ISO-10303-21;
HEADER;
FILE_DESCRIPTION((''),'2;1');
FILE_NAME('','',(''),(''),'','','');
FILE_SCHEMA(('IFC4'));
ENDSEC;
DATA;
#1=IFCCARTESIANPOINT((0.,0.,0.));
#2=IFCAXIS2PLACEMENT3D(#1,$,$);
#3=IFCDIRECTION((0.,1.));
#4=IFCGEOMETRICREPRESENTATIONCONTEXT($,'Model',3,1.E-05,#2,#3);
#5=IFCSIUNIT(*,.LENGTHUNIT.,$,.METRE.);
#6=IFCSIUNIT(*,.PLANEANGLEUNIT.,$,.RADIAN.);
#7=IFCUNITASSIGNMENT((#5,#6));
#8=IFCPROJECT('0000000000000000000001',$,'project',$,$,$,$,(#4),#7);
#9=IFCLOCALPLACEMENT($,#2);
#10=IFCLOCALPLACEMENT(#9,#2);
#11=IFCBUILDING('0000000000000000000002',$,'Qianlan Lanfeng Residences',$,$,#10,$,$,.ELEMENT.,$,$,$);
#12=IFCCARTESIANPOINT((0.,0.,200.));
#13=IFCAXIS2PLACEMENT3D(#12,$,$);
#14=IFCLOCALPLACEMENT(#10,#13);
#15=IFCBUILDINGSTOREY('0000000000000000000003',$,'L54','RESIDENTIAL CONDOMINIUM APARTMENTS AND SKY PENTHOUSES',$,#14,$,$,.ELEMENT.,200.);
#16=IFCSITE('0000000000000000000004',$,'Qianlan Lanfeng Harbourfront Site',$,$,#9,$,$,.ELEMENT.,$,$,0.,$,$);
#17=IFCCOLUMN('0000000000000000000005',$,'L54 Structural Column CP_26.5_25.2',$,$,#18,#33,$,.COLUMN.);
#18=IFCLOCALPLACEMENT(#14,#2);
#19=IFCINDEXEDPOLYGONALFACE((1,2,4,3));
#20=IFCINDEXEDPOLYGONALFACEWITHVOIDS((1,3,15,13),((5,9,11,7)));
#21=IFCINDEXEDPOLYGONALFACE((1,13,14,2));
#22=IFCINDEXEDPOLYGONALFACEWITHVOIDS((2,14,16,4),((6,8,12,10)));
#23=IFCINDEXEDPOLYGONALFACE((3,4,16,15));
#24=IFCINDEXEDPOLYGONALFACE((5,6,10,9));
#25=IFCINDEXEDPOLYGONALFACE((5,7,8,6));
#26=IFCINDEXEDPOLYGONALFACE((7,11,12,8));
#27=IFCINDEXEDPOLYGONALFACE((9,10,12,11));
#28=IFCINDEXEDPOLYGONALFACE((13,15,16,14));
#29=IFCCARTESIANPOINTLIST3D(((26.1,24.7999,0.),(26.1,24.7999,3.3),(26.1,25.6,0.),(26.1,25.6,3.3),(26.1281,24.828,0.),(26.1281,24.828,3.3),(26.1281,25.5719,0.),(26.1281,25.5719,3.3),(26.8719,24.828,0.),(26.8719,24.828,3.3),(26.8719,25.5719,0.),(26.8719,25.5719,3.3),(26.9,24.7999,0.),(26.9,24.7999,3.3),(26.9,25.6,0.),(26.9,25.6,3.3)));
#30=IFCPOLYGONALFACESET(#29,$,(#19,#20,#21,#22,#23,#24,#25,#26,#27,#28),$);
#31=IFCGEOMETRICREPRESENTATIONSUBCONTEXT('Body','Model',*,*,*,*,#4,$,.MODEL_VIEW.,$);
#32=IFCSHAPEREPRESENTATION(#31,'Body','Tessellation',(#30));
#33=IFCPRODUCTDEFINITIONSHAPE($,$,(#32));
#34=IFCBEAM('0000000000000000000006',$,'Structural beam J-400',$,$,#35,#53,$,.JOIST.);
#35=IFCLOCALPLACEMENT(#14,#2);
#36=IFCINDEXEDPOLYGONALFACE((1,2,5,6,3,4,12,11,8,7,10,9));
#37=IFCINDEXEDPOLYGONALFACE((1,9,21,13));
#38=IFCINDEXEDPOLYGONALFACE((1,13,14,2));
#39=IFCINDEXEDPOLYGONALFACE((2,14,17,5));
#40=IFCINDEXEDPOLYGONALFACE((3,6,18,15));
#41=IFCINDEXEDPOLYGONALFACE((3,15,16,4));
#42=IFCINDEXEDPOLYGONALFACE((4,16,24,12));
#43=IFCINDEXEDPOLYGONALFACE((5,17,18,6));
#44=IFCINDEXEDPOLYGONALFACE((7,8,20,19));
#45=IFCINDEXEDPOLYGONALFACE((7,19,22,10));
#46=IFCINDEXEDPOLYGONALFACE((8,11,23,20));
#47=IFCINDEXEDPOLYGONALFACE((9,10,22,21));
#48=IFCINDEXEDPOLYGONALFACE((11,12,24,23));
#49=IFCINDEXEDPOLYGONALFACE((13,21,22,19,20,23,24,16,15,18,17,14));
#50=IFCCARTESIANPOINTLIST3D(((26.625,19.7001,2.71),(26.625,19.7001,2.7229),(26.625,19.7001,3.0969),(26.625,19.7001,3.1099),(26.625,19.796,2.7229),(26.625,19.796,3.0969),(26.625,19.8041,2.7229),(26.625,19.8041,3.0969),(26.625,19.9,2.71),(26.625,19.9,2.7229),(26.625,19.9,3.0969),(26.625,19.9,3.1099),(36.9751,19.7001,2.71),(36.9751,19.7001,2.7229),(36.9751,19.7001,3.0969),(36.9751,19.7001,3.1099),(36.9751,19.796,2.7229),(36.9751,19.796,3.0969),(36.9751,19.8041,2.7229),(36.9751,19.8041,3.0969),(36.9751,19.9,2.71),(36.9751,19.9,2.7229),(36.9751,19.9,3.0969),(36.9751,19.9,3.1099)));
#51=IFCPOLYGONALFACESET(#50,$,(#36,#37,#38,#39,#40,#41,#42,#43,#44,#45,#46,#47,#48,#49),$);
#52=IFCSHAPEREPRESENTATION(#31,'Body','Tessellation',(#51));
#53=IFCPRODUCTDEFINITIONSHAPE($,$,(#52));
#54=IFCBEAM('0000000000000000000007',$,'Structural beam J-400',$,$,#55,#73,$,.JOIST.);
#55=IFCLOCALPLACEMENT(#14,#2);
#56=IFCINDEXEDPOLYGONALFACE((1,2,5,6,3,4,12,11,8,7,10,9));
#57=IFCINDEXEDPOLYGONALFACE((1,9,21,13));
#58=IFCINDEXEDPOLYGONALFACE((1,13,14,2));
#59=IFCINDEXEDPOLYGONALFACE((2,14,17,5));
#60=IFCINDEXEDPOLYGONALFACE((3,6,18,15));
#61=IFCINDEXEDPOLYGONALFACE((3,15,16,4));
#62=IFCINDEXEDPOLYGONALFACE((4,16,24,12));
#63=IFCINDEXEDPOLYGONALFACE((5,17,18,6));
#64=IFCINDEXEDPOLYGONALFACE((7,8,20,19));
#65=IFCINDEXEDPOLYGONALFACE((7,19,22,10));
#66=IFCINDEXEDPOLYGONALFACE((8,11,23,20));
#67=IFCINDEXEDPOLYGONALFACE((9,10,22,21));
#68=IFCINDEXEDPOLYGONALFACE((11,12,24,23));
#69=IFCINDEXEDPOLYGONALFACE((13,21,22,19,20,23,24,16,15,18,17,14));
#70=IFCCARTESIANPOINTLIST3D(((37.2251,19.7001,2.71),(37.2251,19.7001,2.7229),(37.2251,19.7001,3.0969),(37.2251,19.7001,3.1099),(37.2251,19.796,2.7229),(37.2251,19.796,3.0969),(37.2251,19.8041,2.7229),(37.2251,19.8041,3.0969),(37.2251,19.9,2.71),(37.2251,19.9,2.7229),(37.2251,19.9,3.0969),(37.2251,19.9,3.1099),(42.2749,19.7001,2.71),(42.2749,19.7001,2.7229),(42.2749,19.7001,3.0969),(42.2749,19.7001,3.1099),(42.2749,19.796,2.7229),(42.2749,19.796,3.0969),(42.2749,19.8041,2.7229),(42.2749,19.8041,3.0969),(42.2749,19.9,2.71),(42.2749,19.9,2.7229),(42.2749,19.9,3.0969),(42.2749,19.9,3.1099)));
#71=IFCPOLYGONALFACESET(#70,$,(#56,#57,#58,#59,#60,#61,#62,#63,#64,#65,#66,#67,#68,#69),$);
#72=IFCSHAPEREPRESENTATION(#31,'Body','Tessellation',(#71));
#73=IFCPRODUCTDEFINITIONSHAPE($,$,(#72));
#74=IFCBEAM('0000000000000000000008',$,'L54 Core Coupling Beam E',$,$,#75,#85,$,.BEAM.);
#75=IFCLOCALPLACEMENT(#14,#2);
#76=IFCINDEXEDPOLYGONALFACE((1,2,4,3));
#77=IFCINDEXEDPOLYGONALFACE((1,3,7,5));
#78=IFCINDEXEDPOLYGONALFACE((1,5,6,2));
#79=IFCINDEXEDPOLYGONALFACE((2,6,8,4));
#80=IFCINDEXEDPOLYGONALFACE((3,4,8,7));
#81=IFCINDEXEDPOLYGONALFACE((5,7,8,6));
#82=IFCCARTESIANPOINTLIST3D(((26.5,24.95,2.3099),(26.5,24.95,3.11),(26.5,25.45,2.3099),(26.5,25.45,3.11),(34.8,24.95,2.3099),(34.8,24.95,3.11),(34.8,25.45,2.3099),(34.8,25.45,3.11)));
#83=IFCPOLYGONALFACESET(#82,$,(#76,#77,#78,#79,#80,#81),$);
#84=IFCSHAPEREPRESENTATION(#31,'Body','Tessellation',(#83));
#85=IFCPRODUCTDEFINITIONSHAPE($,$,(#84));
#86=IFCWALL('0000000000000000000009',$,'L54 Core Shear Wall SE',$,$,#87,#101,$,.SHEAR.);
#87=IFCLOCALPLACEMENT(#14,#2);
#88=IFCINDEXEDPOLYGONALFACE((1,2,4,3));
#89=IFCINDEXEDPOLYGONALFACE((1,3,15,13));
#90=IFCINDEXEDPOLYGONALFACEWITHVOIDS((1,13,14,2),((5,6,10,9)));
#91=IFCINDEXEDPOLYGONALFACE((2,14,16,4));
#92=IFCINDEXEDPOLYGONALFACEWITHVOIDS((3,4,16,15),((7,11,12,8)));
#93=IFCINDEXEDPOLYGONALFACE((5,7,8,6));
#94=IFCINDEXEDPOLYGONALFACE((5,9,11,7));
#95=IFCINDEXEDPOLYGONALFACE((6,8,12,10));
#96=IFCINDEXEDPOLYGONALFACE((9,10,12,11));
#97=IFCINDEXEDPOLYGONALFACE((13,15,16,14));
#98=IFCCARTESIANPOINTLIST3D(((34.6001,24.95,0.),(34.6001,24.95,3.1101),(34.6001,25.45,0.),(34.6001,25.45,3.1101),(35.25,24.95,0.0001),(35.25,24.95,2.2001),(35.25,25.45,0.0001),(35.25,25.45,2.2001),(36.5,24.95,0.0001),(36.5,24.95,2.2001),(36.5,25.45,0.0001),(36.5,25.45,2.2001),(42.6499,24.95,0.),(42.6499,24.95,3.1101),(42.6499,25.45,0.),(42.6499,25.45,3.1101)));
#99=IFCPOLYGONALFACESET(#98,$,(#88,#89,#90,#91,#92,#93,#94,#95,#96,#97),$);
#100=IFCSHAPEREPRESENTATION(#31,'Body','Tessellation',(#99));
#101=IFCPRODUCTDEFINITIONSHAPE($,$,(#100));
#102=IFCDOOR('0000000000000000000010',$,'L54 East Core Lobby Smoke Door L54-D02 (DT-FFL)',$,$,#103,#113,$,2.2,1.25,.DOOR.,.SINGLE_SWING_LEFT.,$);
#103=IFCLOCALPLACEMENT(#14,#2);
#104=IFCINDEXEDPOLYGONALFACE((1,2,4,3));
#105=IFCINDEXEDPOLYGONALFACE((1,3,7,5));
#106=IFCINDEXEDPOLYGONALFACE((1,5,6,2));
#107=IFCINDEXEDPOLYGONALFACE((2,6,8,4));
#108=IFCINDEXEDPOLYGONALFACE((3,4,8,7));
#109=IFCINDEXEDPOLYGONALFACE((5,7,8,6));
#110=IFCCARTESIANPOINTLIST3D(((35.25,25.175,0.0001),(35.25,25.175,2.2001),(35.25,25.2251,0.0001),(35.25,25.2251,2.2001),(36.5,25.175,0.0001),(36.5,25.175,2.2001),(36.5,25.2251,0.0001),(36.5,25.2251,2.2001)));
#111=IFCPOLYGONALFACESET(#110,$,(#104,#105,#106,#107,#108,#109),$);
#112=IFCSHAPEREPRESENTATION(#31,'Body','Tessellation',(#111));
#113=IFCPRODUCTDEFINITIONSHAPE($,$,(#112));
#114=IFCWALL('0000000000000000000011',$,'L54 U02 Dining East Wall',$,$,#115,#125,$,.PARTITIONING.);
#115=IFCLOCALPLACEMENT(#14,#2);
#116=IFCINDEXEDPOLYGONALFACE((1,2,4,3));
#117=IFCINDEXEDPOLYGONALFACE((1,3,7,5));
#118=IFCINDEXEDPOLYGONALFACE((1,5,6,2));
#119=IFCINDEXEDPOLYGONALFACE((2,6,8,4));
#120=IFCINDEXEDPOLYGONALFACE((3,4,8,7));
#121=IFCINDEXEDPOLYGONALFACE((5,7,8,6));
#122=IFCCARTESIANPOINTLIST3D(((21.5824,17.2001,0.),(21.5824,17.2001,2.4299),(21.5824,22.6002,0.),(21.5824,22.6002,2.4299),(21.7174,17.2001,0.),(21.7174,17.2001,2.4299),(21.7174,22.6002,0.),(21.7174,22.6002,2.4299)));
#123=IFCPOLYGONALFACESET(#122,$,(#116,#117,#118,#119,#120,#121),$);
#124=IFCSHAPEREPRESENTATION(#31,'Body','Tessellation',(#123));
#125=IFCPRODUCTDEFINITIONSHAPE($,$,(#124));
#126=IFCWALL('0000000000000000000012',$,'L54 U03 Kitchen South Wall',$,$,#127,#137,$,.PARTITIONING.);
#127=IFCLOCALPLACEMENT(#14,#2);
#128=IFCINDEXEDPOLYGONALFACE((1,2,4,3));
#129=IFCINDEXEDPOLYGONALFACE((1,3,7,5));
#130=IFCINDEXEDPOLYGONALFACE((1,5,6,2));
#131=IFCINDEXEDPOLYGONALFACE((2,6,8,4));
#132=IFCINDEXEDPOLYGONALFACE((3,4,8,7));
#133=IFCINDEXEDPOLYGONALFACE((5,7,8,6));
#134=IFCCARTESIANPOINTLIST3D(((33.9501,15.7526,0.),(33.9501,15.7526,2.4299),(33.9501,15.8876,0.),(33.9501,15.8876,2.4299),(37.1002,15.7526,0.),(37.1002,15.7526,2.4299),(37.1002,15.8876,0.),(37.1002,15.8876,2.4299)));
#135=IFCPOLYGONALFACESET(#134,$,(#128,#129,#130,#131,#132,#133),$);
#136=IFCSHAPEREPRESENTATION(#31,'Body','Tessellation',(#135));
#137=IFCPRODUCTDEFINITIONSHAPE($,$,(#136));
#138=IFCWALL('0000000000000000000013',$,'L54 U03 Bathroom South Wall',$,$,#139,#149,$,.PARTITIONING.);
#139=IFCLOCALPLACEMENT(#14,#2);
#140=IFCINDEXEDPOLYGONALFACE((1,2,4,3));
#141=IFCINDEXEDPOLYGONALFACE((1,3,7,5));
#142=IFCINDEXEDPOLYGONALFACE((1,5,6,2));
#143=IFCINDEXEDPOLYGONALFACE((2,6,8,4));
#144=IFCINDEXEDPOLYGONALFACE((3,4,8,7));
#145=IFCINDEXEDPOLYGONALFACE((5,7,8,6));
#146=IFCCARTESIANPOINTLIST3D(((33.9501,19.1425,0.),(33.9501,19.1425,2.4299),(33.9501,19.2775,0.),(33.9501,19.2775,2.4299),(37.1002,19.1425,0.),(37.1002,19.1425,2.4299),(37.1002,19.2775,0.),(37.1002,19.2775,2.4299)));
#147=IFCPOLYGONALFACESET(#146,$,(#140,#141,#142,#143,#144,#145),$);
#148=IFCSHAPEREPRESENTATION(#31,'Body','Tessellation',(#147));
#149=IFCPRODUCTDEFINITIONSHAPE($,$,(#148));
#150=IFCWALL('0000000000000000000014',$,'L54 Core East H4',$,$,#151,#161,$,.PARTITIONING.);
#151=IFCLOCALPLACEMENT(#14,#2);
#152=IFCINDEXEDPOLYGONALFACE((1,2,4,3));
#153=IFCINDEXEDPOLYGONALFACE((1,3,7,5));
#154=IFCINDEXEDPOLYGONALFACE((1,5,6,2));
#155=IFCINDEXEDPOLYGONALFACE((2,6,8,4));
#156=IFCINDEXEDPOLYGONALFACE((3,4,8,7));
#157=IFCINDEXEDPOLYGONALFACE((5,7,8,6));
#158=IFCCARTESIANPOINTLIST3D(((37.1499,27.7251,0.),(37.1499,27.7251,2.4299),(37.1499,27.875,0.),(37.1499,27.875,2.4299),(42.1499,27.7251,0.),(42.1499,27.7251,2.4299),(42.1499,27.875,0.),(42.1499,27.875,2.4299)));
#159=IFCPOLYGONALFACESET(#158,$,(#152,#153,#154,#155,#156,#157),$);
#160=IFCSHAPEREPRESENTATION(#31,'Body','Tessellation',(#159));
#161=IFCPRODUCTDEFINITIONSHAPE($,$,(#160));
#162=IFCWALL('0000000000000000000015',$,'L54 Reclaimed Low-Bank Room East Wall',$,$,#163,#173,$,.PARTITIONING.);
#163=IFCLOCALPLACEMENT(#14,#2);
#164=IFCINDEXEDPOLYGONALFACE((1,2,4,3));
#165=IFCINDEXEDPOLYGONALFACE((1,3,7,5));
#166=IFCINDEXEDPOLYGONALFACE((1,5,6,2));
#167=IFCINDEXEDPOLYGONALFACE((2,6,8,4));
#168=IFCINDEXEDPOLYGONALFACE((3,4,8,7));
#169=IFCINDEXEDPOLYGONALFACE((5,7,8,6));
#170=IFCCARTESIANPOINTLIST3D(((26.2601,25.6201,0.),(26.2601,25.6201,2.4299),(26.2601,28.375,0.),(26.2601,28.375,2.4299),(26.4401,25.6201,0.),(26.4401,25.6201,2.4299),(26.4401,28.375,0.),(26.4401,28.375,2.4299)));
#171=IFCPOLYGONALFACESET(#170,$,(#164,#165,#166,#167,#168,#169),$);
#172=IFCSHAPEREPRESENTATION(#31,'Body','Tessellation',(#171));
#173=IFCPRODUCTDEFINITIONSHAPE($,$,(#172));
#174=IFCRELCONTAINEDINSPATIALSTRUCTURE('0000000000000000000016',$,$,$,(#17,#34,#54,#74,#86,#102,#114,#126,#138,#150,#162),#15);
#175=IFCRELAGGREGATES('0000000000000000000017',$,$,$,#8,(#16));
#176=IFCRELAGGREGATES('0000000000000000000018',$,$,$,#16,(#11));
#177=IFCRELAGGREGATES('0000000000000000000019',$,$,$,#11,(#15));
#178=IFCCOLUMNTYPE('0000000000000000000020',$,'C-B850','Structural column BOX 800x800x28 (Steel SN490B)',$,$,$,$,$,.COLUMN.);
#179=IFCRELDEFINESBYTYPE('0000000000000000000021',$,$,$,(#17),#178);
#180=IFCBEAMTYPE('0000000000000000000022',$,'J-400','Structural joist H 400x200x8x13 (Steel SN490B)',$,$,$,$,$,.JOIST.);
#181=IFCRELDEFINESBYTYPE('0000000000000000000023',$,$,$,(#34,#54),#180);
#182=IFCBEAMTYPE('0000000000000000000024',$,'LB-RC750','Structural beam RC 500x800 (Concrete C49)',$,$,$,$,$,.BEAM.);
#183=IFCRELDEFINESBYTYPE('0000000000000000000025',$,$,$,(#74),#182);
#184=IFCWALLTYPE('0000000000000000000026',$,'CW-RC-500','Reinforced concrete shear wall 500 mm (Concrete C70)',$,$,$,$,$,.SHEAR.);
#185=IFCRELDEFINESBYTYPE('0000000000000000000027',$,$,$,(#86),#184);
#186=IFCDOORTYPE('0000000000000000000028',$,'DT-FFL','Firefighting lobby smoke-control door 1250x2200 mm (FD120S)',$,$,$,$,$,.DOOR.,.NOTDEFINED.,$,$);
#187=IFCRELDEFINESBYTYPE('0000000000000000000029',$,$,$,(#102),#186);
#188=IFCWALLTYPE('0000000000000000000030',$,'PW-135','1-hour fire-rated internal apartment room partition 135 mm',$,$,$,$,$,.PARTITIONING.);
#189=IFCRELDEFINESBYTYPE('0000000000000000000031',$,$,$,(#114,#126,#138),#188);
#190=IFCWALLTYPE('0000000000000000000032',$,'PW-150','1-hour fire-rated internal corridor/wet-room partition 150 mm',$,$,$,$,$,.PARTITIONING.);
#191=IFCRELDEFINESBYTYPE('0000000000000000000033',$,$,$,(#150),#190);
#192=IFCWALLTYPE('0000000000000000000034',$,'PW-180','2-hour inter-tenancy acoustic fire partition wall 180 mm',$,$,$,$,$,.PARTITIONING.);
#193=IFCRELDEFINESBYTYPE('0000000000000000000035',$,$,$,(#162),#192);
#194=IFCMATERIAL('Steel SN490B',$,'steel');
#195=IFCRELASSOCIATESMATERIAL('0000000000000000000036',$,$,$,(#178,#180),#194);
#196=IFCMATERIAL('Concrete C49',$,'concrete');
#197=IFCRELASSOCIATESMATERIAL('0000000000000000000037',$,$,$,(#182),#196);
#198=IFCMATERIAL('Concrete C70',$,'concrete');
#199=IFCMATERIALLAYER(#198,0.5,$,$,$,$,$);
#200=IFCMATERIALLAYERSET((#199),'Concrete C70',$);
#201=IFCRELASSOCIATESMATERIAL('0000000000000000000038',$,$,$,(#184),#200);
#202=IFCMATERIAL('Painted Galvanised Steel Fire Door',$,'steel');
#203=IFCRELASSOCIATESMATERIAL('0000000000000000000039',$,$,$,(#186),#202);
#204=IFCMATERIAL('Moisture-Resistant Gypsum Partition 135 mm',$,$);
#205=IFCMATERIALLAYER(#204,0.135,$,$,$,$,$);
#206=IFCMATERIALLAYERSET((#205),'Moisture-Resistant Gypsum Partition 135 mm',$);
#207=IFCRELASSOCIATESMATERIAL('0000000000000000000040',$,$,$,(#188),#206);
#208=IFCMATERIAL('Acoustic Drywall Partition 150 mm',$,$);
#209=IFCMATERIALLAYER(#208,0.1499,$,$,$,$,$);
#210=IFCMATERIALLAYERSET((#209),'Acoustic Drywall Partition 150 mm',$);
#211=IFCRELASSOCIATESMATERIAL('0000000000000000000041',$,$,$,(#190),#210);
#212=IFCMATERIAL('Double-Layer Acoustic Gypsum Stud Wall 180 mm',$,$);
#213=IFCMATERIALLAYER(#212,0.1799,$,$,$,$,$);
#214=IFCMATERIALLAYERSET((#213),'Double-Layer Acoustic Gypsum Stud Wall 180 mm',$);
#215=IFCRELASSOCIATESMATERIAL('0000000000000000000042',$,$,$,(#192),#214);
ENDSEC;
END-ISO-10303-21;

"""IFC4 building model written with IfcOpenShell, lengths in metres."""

from ifc_helpers import new_model, si_unit, direction, frame, frame_2d, origin, origin_2d, place, context, subcontext, project, spatial, rectangle, hollow_rectangle, i_section, extrude, material, layer, layer_set, material_profile, profile_set, type_object, element, fill, save


model = new_model("IFC4")

# Units and contexts
model_context = context("Model", 3, precision=1e-05, world=origin(), true_north=direction((0.0, 1.0)))
body_context = subcontext(model_context, "Body", "Model", "MODEL_VIEW")
ifc_project = project(units=[si_unit("LENGTHUNIT", "METRE"), si_unit("PLANEANGLEUNIT", "RADIAN")], contexts=[model_context])

# Site, building, storey
site_placement = place(None, origin())
site = spatial("IfcSite", under=ifc_project, at=site_placement, Name="Qianlan Lanfeng Harbourfront Site", CompositionType="ELEMENT", RefElevation=0.0)
building_placement = place(site_placement, origin())
building = spatial("IfcBuilding", under=site, at=building_placement, Name="Qianlan Lanfeng Residences", CompositionType="ELEMENT")
storey_placement = place(building_placement, frame((0.0, 0.0, 200.0)))
storey = spatial("IfcBuildingStorey", under=building, at=storey_placement, Name="L54", Description="RESIDENTIAL CONDOMINIUM APARTMENTS AND SKY PENTHOUSES", CompositionType="ELEMENT", Elevation=200.0)

# Column
ifc_material_1 = material(Name="Steel SN490B", Category="steel")
ifc_material_profile_1 = material_profile(ifc_material_1, hollow_rectangle(XDim=0.8, YDim=0.8, WallThickness=0.0281, at=origin_2d()), Name="BOX 800x800x28")
ifc_profile_set_1 = profile_set([ifc_material_profile_1], Name="Steel SN490B")
column_type = type_object("IfcColumnType", Name="C-B850", Description="Structural column BOX 800x800x28 (Steel SN490B)", PredefinedType="COLUMN", material=ifc_profile_set_1)
column_placement = place(storey_placement, frame((26.5, 25.2, 0.0), z_axis=(0.0, 0.0, 1.0), x_axis=(1.0, 0.0, 0.0)))
element("IfcColumn", 1, at=column_placement, inside=storey, type_object=column_type, Name="L54 Structural Column CP_26.5_25.2", PredefinedType="COLUMN", context=body_context, shape_type="SweptSolid", body=[
    extrude(hollow_rectangle(XDim=0.8, YDim=0.8, WallThickness=0.0281, at=origin_2d()), origin(), (0.0, 0.0, 1.0), 3.3),
])

# Beams
ifc_material_profile_2 = material_profile(ifc_material_1, i_section(OverallWidth=0.2, OverallDepth=0.3999, WebThickness=0.0081, FlangeThickness=0.0129, at=origin_2d()), Name="H 400x200x8x13")
ifc_profile_set_2 = profile_set([ifc_material_profile_2], Name="Steel SN490B")
beam_type_1 = type_object("IfcBeamType", Name="J-400", Description="Structural joist H 400x200x8x13 (Steel SN490B)", PredefinedType="JOIST", material=ifc_profile_set_2)
beam_1_placement = place(storey_placement, frame((26.625, 19.8, 2.9099), z_axis=(1.0, 0.0, 0.0), x_axis=(0.0, 1.0, 0.0)))
element("IfcBeam", 2, at=beam_1_placement, inside=storey, type_object=beam_type_1, Name="Structural beam J-400", PredefinedType="JOIST", context=body_context, shape_type="SweptSolid", body=[
    extrude(i_section(OverallWidth=0.2, OverallDepth=0.3999, WebThickness=0.0081, FlangeThickness=0.0129, at=origin_2d()), origin(), (0.0, 0.0, 1.0), 10.3501),
])
beam_2_placement = place(storey_placement, frame((37.2251, 19.8, 2.9099), z_axis=(1.0, 0.0, 0.0), x_axis=(0.0, 1.0, 0.0)))
element("IfcBeam", 3, at=beam_2_placement, inside=storey, type_object=beam_type_1, Name="Structural beam J-400", PredefinedType="JOIST", context=body_context, shape_type="SweptSolid", body=[
    extrude(i_section(OverallWidth=0.2, OverallDepth=0.3999, WebThickness=0.0081, FlangeThickness=0.0129, at=origin_2d()), origin(), (0.0, 0.0, 1.0), 5.0498),
])
ifc_material_2 = material(Name="Concrete C49", Category="concrete")
ifc_material_profile_3 = material_profile(ifc_material_2, rectangle(XDim=0.5, YDim=0.8, at=origin_2d()), Name="RC 500x800")
ifc_profile_set_3 = profile_set([ifc_material_profile_3], Name="Concrete C49")
beam_type_2 = type_object("IfcBeamType", Name="LB-RC750", Description="Structural beam RC 500x800 (Concrete C49)", PredefinedType="BEAM", material=ifc_profile_set_3)
beam_3_placement = place(storey_placement, frame((26.5, 25.2, 2.71), z_axis=(1.0, 0.0, 0.0), x_axis=(0.0, 1.0, 0.0)))
element("IfcBeam", 4, at=beam_3_placement, inside=storey, type_object=beam_type_2, Name="L54 Core Coupling Beam E", PredefinedType="BEAM", context=body_context, shape_type="SweptSolid", body=[
    extrude(rectangle(XDim=0.5, YDim=0.8, at=origin_2d()), origin(), (0.0, 0.0, 1.0), 8.3),
])

# Wall, opening, door
ifc_material_3 = material(Name="Concrete C70", Category="concrete")
ifc_layer_1 = layer(ifc_material_3, 0.5)
ifc_layer_set_1 = layer_set([ifc_layer_1], Name="Concrete C70")
wall_type_1 = type_object("IfcWallType", Name="CW-RC-500", Description="Reinforced concrete shear wall 500 mm (Concrete C70)", PredefinedType="SHEAR", material=ifc_layer_set_1)
wall_1_placement = place(storey_placement, frame((34.6001, 25.2, 0.0), z_axis=(0.0, 0.0, 1.0), x_axis=(1.0, 0.0, 0.0)))
wall_1 = element("IfcWall", 5, at=wall_1_placement, inside=storey, type_object=wall_type_1, Name="L54 Core Shear Wall SE", PredefinedType="SHEAR", context=body_context, shape_type="SweptSolid", body=[
    extrude(rectangle(XDim=8.0498, YDim=0.5, at=frame_2d((4.0249, 0.0))), origin(), (0.0, 0.0, 1.0), 3.1101),
])
opening_1_placement = place(wall_1_placement, frame((0.6499, 0.0, 0.0)))
opening_1 = element("IfcOpeningElement", 6, at=opening_1_placement, cuts=wall_1, PredefinedType="OPENING", context=body_context, shape_type="SweptSolid", body=[
    extrude(rectangle(XDim=1.25, YDim=2.2, at=frame_2d((0.625, 1.1001))), frame((0.0, 0.26, 0.0), z_axis=(0.0, -1.0, 0.0), x_axis=(1.0, 0.0, 0.0)), (0.0, 0.0, 1.0), 0.52),
])
ifc_material_4 = material(Name="Painted Galvanised Steel Fire Door", Category="steel")
door_type_1 = type_object("IfcDoorType", Name="DT-FFL", Description="Firefighting lobby smoke-control door 1250x2200 mm (FD120S)", OperationType="NOTDEFINED", PredefinedType="DOOR", material=ifc_material_4)
door_1_placement = place(opening_1_placement, frame((1.25, 0.0, 0.0), z_axis=(0.0, 0.0, 1.0), x_axis=(-1.0, 0.0, 0.0)))
door_1 = element("IfcDoor", 7, at=door_1_placement, inside=storey, type_object=door_type_1, Name="L54 East Core Lobby Smoke Door L54-D02 (DT-FFL)", OperationType="SINGLE_SWING_LEFT", OverallHeight=2.2, OverallWidth=1.25, PredefinedType="DOOR", context=body_context, shape_type="SweptSolid", body=[
    extrude(rectangle(XDim=1.25, YDim=2.2, at=frame_2d((0.625, 1.1001))), frame((0.0, 0.0249, 0.0), z_axis=(0.0, -1.0, 0.0), x_axis=(1.0, 0.0, 0.0)), (0.0, 0.0, 1.0), 0.05),
])
fill(opening_1, door_1)

# Wall
ifc_material_5 = material(Name="Moisture-Resistant Gypsum Partition 135 mm")
ifc_layer_2 = layer(ifc_material_5, 0.135)
ifc_layer_set_2 = layer_set([ifc_layer_2], Name="Moisture-Resistant Gypsum Partition 135 mm")
wall_type_2 = type_object("IfcWallType", Name="PW-135", Description="1-hour fire-rated internal apartment room partition 135 mm", PredefinedType="PARTITIONING", material=ifc_layer_set_2)
wall_2_placement = place(storey_placement, frame((21.6499, 17.2, 0.0), z_axis=(0.0, 0.0, 1.0), x_axis=(0.0, 1.0, 0.0)))
element("IfcWall", 8, at=wall_2_placement, inside=storey, type_object=wall_type_2, Name="L54 U02 Dining East Wall", PredefinedType="PARTITIONING", context=body_context, shape_type="SweptSolid", body=[
    extrude(rectangle(XDim=5.4001, YDim=0.135, at=frame_2d((2.7002, 0.0))), origin(), (0.0, 0.0, 1.0), 2.4299),
])

# Walls
for number, where, z_axis, x_axis, name in (
    (9, (33.95, 15.8201, 0.0), (0.0, 0.0, 1.0), (1.0, 0.0, 0.0), "L54 U03 Kitchen South Wall"),
    (10, (33.95, 19.21, 0.0), (0.0, 0.0, 1.0), (1.0, 0.0, 0.0), "L54 U03 Bathroom South Wall"),
):
    element("IfcWall", number, at=place(storey_placement, frame(where, z_axis=z_axis, x_axis=x_axis)), inside=storey, type_object=wall_type_2, Name=name, PredefinedType="PARTITIONING", context=body_context, shape_type="SweptSolid", body=[
        extrude(rectangle(XDim=3.1501, YDim=0.135, at=frame_2d((1.5752, 0.0))), origin(), (0.0, 0.0, 1.0), 2.4299),
    ])
ifc_material_6 = material(Name="Acoustic Drywall Partition 150 mm")
ifc_layer_3 = layer(ifc_material_6, 0.1499)
ifc_layer_set_3 = layer_set([ifc_layer_3], Name="Acoustic Drywall Partition 150 mm")
wall_type_3 = type_object("IfcWallType", Name="PW-150", Description="1-hour fire-rated internal corridor/wet-room partition 150 mm", PredefinedType="PARTITIONING", material=ifc_layer_set_3)
wall_3_placement = place(storey_placement, frame((37.1499, 27.8, 0.0), z_axis=(0.0, 0.0, 1.0), x_axis=(1.0, 0.0, 0.0)))
element("IfcWall", 11, at=wall_3_placement, inside=storey, type_object=wall_type_3, Name="L54 Core East H4", PredefinedType="PARTITIONING", context=body_context, shape_type="SweptSolid", body=[
    extrude(rectangle(XDim=5.0, YDim=0.1499, at=frame_2d((2.5, 0.0))), origin(), (0.0, 0.0, 1.0), 2.4299),
])

# Shared definitions
ifc_material_7 = material(Name="Double-Layer Acoustic Gypsum Stud Wall 180 mm")
ifc_layer_4 = layer(ifc_material_7, 0.1799)
ifc_layer_set_4 = layer_set([ifc_layer_4], Name="Double-Layer Acoustic Gypsum Stud Wall 180 mm")
wall_type_4 = type_object("IfcWallType", Name="PW-180", Description="2-hour inter-tenancy acoustic fire partition wall 180 mm", PredefinedType="PARTITIONING", material=ifc_layer_set_4)

# Wall
for number, where, z_axis, x_axis, name in (
    (12, (26.3501, 25.6201, 0.0), (0.0, 0.0, 1.0), (0.0, 1.0, 0.0), "L54 Reclaimed Low-Bank Room East Wall"),
):
    element("IfcWall", number, at=place(storey_placement, frame(where, z_axis=z_axis, x_axis=x_axis)), inside=storey, type_object=wall_type_4, Name=name, PredefinedType="PARTITIONING", context=body_context, shape_type="SweptSolid", body=[
        extrude(rectangle(XDim=2.7549, YDim=0.1799, at=frame_2d((1.3774, 0.0))), origin(), (0.0, 0.0, 1.0), 2.4299),
    ])

save(model, "model.ifc")
